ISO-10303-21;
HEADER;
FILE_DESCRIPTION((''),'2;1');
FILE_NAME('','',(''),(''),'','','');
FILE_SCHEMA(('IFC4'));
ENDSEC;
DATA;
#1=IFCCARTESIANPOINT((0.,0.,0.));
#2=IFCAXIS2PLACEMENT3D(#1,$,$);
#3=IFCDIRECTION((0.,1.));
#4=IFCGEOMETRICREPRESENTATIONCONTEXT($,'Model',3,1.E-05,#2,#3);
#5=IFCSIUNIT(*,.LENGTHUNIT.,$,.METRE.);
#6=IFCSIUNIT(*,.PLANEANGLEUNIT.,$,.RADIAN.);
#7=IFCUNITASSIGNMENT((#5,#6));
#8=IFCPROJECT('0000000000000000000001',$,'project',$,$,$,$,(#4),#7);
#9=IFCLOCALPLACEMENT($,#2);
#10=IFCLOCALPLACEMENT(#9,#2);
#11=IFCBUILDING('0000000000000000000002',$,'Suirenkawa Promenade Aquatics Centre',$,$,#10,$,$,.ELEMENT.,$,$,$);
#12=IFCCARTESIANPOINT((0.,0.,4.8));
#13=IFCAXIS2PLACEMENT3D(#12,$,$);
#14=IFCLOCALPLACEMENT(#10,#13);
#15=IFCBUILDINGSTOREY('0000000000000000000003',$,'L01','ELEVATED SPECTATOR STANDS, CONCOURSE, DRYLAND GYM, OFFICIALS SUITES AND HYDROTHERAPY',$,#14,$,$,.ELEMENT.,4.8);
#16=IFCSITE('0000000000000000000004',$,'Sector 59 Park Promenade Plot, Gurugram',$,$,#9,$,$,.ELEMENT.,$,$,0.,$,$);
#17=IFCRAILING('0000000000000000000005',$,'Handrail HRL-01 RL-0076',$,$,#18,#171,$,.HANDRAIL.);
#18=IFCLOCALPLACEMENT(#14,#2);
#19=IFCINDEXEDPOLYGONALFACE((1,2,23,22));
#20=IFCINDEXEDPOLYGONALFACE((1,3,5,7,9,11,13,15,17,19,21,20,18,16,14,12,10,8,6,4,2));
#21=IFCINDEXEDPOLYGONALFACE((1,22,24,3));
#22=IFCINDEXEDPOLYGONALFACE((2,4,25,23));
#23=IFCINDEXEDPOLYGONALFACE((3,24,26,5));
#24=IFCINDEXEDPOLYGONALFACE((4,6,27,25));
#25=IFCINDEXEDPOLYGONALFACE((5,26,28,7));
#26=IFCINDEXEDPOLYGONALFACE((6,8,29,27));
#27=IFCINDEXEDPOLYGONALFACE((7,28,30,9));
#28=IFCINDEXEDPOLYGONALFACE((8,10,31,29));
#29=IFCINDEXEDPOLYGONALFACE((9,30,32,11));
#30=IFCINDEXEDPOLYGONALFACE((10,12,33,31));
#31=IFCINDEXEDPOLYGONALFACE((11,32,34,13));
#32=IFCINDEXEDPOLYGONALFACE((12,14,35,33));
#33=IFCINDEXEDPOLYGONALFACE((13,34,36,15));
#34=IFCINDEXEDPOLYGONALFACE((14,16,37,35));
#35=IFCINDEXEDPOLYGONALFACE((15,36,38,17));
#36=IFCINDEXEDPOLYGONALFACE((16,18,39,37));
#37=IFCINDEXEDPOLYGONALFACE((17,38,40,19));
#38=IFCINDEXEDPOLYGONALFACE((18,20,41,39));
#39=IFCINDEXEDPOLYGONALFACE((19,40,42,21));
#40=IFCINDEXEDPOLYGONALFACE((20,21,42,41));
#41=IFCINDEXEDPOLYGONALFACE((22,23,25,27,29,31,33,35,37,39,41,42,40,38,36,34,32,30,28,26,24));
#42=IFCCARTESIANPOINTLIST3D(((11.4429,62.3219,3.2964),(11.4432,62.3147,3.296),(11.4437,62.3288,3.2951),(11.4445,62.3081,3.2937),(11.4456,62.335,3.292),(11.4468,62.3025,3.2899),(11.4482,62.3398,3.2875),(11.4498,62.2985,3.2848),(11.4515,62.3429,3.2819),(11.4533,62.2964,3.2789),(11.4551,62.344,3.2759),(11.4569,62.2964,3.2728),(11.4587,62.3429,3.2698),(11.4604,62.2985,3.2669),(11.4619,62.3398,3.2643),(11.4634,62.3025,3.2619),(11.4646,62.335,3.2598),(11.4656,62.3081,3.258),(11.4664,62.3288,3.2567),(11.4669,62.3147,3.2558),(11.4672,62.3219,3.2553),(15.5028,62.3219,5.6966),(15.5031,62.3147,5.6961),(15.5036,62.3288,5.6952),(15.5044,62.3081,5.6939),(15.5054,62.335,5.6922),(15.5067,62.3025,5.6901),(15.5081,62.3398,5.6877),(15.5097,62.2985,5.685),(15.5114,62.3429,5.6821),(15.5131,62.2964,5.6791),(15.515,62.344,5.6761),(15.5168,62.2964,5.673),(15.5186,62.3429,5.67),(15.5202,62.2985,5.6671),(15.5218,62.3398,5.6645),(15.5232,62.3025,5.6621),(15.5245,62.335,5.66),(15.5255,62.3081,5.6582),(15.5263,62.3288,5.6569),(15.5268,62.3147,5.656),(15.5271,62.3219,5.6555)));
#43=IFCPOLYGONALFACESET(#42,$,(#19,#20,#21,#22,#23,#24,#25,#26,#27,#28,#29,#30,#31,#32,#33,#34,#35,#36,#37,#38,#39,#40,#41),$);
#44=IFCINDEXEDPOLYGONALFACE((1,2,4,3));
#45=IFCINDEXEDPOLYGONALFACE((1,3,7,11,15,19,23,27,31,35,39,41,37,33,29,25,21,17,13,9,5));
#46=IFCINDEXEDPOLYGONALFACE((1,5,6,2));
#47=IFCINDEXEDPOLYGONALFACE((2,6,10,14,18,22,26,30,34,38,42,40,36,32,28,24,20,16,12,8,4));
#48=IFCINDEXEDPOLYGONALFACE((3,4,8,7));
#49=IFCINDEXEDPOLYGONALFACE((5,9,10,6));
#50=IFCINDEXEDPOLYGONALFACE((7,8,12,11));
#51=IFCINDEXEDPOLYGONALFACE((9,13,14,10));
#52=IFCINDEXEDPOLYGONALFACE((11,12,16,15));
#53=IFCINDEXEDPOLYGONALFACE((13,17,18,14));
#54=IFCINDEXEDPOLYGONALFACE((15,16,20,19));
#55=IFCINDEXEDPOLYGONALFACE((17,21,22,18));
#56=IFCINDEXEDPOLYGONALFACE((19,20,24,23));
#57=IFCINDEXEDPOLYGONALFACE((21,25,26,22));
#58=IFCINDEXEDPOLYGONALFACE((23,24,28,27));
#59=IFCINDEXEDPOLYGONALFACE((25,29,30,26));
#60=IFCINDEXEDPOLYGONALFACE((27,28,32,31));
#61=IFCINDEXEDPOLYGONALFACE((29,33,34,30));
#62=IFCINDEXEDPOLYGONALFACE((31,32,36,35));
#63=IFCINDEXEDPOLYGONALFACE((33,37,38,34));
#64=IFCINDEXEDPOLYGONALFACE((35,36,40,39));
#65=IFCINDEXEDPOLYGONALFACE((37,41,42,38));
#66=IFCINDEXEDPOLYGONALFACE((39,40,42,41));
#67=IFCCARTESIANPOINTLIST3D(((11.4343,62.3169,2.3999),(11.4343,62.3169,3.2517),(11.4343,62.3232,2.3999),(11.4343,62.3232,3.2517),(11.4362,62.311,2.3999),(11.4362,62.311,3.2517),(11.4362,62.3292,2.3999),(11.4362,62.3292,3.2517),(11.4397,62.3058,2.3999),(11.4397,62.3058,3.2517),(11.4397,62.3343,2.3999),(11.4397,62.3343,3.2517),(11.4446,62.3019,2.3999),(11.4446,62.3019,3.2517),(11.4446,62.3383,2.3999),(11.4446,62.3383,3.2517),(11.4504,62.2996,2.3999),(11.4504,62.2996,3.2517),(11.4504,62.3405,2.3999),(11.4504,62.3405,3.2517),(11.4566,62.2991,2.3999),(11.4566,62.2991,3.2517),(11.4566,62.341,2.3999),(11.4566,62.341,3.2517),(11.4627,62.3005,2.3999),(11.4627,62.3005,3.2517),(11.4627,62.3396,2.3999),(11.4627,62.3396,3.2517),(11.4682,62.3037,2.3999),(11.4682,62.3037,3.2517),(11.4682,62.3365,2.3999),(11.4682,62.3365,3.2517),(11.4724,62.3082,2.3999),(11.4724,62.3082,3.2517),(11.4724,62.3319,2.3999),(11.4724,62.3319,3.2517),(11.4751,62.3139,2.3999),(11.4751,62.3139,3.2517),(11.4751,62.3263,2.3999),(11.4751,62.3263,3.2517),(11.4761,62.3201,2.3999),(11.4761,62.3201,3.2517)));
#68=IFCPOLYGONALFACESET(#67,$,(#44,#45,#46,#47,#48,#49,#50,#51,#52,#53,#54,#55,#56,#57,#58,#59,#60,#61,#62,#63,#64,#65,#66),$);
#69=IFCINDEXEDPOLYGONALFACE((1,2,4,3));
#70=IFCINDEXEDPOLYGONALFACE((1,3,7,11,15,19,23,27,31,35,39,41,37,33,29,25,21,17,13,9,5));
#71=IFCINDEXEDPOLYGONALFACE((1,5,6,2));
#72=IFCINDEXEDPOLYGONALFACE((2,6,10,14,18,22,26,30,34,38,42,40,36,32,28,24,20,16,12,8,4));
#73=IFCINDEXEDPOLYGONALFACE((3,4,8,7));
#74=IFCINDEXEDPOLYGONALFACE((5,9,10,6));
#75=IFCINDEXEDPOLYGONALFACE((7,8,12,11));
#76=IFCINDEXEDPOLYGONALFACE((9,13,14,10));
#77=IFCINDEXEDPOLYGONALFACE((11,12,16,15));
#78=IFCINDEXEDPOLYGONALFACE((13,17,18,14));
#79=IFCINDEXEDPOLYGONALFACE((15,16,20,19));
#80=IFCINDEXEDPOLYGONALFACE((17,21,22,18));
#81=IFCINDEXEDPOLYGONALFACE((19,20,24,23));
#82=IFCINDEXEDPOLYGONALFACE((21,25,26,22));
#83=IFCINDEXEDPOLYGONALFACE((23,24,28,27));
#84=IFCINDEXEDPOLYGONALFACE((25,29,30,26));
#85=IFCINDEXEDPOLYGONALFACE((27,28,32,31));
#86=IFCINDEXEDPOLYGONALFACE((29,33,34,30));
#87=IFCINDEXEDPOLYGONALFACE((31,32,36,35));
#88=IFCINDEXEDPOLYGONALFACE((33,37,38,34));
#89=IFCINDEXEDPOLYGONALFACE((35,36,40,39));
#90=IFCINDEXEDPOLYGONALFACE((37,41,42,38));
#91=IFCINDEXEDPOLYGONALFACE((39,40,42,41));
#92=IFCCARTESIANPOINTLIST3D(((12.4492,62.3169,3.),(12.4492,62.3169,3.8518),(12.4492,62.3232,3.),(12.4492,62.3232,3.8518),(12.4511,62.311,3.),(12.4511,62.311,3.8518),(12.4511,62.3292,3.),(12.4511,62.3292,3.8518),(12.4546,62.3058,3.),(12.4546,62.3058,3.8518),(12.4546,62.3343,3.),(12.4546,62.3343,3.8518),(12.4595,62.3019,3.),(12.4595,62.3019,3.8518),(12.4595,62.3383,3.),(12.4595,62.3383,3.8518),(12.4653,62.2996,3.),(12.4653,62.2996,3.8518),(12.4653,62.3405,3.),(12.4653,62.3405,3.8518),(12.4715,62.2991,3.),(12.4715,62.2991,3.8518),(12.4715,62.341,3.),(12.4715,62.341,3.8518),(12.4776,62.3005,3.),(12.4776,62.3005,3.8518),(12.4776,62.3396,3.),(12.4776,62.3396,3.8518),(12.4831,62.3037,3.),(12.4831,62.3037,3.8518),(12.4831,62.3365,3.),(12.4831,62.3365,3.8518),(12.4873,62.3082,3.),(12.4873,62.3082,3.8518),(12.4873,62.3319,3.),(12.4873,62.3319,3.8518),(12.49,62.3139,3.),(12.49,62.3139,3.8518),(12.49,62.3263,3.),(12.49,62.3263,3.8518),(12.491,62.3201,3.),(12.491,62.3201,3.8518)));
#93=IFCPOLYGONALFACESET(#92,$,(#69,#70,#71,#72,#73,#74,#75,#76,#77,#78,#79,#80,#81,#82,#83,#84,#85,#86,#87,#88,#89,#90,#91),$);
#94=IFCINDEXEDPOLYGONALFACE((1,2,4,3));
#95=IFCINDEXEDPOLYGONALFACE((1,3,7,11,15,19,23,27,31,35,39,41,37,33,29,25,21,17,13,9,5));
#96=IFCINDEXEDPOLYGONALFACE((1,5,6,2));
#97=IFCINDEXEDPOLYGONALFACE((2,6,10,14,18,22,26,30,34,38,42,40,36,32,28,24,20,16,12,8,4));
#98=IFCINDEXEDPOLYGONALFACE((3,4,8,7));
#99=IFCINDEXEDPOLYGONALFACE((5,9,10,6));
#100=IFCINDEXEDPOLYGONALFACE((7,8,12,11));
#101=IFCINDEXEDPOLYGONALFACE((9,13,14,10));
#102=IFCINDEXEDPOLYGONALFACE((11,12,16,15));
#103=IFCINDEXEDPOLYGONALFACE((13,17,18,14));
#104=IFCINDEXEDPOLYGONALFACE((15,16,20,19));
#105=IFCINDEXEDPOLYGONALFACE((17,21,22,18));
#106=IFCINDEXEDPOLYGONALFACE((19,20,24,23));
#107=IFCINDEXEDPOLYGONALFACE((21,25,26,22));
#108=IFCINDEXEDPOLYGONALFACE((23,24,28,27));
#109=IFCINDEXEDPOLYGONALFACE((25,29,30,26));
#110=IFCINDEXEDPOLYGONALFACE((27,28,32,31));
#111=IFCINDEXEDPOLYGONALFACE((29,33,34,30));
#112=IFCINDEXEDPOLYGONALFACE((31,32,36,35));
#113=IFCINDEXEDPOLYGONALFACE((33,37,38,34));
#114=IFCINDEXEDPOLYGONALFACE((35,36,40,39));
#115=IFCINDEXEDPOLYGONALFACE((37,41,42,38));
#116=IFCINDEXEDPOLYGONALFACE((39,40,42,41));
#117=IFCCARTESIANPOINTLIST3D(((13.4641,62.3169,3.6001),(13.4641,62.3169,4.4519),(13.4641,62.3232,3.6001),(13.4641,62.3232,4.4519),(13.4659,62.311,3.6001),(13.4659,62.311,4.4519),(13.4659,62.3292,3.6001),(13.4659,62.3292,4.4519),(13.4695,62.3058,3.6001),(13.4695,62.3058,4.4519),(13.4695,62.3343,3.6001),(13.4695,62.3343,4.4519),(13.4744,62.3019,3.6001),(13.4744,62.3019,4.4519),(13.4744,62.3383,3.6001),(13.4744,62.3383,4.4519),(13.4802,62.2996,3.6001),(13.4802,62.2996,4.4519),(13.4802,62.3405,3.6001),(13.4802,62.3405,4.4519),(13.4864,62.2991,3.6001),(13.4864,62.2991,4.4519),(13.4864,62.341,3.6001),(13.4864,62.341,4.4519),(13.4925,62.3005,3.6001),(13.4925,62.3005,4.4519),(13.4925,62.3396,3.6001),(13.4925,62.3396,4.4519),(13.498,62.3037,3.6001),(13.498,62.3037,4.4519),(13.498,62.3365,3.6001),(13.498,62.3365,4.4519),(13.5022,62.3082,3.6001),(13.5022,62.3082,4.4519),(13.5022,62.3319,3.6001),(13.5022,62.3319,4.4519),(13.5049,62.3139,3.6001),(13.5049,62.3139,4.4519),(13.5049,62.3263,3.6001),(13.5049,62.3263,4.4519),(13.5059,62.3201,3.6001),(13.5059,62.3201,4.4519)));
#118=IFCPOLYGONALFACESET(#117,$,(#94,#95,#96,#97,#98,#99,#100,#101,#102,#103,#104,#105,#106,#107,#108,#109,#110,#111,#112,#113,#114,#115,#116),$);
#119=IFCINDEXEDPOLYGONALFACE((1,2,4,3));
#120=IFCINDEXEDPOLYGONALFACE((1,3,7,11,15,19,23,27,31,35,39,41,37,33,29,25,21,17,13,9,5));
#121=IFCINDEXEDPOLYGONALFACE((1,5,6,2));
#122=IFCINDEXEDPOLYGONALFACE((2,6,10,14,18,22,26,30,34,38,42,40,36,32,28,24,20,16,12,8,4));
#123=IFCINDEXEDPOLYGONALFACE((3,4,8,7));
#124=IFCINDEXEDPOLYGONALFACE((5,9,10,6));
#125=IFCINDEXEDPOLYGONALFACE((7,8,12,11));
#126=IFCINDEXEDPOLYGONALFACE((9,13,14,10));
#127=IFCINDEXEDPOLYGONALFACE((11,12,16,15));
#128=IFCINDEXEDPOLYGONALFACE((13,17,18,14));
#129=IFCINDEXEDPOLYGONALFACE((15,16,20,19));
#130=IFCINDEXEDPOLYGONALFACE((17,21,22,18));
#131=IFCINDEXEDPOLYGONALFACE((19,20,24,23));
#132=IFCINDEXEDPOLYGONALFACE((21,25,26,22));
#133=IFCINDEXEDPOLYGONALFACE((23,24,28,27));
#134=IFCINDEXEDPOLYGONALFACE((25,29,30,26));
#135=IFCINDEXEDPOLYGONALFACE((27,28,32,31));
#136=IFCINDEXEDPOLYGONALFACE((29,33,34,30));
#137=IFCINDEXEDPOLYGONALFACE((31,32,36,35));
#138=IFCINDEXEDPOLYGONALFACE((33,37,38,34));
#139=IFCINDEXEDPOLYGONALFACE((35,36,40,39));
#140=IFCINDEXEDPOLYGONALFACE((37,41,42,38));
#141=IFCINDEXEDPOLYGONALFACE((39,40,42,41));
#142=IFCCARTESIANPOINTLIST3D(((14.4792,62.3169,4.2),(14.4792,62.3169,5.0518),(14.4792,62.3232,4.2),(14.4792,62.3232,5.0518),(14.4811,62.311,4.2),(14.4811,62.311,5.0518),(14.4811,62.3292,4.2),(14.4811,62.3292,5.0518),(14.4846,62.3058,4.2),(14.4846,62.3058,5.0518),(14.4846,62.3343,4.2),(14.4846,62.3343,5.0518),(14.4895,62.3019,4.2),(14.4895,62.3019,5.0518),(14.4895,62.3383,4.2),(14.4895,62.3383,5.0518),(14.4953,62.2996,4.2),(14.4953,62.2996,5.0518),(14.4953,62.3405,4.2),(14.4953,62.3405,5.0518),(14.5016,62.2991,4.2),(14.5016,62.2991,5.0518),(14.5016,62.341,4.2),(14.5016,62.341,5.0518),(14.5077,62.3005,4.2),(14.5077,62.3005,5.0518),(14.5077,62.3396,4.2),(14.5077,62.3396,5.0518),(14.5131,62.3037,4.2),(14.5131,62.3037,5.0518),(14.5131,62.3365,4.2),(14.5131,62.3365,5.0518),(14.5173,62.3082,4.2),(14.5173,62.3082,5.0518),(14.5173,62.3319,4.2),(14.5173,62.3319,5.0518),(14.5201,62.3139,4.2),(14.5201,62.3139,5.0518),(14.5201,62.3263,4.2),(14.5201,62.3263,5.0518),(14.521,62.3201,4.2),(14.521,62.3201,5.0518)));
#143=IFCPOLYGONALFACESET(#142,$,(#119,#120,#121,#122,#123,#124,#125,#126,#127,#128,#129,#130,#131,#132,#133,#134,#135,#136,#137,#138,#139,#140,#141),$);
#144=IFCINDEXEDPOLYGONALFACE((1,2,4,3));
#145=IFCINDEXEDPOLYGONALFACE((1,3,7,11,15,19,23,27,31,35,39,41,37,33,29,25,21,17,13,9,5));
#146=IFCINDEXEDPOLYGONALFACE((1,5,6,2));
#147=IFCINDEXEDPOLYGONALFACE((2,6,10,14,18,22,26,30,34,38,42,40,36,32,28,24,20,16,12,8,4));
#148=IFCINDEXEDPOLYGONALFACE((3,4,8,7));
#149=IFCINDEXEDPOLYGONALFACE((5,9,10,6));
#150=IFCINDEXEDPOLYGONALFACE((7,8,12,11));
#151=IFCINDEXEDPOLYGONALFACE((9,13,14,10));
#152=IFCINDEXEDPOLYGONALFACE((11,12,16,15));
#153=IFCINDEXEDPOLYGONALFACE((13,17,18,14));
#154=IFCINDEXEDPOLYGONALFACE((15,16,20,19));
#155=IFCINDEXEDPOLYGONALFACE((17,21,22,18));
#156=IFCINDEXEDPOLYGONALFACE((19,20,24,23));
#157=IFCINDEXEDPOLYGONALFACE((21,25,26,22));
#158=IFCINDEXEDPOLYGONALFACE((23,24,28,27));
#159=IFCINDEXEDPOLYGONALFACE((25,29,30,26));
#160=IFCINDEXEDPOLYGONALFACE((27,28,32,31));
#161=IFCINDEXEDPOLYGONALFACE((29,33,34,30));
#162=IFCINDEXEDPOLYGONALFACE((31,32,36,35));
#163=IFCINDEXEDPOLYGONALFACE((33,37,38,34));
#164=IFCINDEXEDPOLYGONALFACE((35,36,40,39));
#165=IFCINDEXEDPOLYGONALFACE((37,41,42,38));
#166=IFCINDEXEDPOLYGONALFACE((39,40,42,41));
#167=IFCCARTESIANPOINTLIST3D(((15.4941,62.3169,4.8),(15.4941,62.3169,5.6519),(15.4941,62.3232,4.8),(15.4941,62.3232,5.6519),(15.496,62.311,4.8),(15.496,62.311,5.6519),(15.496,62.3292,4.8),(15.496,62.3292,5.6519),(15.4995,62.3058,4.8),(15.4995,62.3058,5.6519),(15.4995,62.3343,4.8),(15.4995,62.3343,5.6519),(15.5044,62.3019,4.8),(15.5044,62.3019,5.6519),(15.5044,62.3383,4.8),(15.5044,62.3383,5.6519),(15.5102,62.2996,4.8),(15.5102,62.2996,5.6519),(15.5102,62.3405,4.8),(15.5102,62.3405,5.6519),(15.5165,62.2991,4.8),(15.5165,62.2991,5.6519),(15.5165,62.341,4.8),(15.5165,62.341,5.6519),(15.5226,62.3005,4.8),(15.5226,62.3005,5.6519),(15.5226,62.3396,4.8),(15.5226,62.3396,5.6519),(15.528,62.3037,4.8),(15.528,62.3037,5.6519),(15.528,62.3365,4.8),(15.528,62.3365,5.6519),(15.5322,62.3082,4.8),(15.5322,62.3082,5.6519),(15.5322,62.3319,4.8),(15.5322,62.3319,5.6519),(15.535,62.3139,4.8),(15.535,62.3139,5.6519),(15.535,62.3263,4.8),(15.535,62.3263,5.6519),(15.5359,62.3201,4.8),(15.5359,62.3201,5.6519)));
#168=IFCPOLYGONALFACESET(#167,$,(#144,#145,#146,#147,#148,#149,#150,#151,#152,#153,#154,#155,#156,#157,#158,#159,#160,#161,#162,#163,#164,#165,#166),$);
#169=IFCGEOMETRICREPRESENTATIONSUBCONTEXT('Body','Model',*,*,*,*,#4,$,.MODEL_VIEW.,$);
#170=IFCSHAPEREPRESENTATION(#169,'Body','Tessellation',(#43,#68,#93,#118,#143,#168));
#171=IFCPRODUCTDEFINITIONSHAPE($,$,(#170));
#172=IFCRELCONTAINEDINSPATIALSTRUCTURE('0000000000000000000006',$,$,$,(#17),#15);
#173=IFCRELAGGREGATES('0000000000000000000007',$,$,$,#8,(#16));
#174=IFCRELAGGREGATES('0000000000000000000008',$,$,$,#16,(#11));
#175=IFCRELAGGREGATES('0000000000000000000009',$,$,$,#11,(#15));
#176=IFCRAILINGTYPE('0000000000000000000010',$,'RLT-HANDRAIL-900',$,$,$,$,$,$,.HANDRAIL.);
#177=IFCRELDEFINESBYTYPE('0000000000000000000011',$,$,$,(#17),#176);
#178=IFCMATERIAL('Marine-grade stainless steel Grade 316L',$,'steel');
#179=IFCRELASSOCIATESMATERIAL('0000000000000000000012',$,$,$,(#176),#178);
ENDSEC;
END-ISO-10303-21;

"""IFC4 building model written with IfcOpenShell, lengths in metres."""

from ifc_helpers import new_model, si_unit, direction, frame, origin, origin_2d, place, context, subcontext, project, spatial, circle, extrude, material, type_object, element, save


model = new_model("IFC4")

# Units and contexts
model_context = context("Model", 3, precision=1e-05, world=origin(), true_north=direction((0.0, 1.0)))
body_context = subcontext(model_context, "Body", "Model", "MODEL_VIEW")
ifc_project = project(units=[si_unit("LENGTHUNIT", "METRE"), si_unit("PLANEANGLEUNIT", "RADIAN")], contexts=[model_context])

# Site, building, storey
site_placement = place(None, origin())
site = spatial("IfcSite", under=ifc_project, at=site_placement, Name="Sector 59 Park Promenade Plot, Gurugram", CompositionType="ELEMENT", RefElevation=0.0)
building_placement = place(site_placement, origin())
building = spatial("IfcBuilding", under=site, at=building_placement, Name="Suirenkawa Promenade Aquatics Centre", CompositionType="ELEMENT")
storey_placement = place(building_placement, frame((0.0, 0.0, 4.8)))
storey = spatial("IfcBuildingStorey", under=building, at=storey_placement, Name="L01", Description="ELEVATED SPECTATOR STANDS, CONCOURSE, DRYLAND GYM, OFFICIALS SUITES AND HYDROTHERAPY", CompositionType="ELEMENT", Elevation=4.8)

# Shared definitions
ifc_material_1 = material(Name="Marine-grade stainless steel Grade 316L", Category="steel")

# Railing
railing_type_1 = type_object("IfcRailingType", Name="RLT-HANDRAIL-900", PredefinedType="HANDRAIL", material=ifc_material_1)
railing_1_placement = place(storey_placement, frame((11.4551, 62.3201, 2.3999)))
element("IfcRailing", 1, at=railing_1_placement, inside=storey, type_object=railing_type_1, Name="Handrail HRL-01 RL-0076", PredefinedType="HANDRAIL", context=body_context, shape_type="SweptSolid", body=[
    extrude(circle(Radius=0.0239, at=origin_2d()), frame((0.0, 0.0, 0.876), z_axis=(0.860818, 0.0, 0.508912), x_axis=(0.0, 1.0, 0.0)), (0.0, 0.0, 1.0), 4.7163),
    extrude(circle(Radius=0.021, at=origin_2d()), origin(), (0.0, 0.0, 1.0), 0.8518),
    extrude(circle(Radius=0.021, at=origin_2d()), frame((1.0149, 0.0, 0.6001)), (0.0, 0.0, 1.0), 0.8518),
    extrude(circle(Radius=0.021, at=origin_2d()), frame((2.0298, 0.0, 1.2002)), (0.0, 0.0, 1.0), 0.8518),
    extrude(circle(Radius=0.021, at=origin_2d()), frame((3.0449, 0.0, 1.8)), (0.0, 0.0, 1.0), 0.8518),
    extrude(circle(Radius=0.021, at=origin_2d()), frame((4.0598, 0.0, 2.4001)), (0.0, 0.0, 1.0), 0.8518),
])

save(model, "model.ifc")
